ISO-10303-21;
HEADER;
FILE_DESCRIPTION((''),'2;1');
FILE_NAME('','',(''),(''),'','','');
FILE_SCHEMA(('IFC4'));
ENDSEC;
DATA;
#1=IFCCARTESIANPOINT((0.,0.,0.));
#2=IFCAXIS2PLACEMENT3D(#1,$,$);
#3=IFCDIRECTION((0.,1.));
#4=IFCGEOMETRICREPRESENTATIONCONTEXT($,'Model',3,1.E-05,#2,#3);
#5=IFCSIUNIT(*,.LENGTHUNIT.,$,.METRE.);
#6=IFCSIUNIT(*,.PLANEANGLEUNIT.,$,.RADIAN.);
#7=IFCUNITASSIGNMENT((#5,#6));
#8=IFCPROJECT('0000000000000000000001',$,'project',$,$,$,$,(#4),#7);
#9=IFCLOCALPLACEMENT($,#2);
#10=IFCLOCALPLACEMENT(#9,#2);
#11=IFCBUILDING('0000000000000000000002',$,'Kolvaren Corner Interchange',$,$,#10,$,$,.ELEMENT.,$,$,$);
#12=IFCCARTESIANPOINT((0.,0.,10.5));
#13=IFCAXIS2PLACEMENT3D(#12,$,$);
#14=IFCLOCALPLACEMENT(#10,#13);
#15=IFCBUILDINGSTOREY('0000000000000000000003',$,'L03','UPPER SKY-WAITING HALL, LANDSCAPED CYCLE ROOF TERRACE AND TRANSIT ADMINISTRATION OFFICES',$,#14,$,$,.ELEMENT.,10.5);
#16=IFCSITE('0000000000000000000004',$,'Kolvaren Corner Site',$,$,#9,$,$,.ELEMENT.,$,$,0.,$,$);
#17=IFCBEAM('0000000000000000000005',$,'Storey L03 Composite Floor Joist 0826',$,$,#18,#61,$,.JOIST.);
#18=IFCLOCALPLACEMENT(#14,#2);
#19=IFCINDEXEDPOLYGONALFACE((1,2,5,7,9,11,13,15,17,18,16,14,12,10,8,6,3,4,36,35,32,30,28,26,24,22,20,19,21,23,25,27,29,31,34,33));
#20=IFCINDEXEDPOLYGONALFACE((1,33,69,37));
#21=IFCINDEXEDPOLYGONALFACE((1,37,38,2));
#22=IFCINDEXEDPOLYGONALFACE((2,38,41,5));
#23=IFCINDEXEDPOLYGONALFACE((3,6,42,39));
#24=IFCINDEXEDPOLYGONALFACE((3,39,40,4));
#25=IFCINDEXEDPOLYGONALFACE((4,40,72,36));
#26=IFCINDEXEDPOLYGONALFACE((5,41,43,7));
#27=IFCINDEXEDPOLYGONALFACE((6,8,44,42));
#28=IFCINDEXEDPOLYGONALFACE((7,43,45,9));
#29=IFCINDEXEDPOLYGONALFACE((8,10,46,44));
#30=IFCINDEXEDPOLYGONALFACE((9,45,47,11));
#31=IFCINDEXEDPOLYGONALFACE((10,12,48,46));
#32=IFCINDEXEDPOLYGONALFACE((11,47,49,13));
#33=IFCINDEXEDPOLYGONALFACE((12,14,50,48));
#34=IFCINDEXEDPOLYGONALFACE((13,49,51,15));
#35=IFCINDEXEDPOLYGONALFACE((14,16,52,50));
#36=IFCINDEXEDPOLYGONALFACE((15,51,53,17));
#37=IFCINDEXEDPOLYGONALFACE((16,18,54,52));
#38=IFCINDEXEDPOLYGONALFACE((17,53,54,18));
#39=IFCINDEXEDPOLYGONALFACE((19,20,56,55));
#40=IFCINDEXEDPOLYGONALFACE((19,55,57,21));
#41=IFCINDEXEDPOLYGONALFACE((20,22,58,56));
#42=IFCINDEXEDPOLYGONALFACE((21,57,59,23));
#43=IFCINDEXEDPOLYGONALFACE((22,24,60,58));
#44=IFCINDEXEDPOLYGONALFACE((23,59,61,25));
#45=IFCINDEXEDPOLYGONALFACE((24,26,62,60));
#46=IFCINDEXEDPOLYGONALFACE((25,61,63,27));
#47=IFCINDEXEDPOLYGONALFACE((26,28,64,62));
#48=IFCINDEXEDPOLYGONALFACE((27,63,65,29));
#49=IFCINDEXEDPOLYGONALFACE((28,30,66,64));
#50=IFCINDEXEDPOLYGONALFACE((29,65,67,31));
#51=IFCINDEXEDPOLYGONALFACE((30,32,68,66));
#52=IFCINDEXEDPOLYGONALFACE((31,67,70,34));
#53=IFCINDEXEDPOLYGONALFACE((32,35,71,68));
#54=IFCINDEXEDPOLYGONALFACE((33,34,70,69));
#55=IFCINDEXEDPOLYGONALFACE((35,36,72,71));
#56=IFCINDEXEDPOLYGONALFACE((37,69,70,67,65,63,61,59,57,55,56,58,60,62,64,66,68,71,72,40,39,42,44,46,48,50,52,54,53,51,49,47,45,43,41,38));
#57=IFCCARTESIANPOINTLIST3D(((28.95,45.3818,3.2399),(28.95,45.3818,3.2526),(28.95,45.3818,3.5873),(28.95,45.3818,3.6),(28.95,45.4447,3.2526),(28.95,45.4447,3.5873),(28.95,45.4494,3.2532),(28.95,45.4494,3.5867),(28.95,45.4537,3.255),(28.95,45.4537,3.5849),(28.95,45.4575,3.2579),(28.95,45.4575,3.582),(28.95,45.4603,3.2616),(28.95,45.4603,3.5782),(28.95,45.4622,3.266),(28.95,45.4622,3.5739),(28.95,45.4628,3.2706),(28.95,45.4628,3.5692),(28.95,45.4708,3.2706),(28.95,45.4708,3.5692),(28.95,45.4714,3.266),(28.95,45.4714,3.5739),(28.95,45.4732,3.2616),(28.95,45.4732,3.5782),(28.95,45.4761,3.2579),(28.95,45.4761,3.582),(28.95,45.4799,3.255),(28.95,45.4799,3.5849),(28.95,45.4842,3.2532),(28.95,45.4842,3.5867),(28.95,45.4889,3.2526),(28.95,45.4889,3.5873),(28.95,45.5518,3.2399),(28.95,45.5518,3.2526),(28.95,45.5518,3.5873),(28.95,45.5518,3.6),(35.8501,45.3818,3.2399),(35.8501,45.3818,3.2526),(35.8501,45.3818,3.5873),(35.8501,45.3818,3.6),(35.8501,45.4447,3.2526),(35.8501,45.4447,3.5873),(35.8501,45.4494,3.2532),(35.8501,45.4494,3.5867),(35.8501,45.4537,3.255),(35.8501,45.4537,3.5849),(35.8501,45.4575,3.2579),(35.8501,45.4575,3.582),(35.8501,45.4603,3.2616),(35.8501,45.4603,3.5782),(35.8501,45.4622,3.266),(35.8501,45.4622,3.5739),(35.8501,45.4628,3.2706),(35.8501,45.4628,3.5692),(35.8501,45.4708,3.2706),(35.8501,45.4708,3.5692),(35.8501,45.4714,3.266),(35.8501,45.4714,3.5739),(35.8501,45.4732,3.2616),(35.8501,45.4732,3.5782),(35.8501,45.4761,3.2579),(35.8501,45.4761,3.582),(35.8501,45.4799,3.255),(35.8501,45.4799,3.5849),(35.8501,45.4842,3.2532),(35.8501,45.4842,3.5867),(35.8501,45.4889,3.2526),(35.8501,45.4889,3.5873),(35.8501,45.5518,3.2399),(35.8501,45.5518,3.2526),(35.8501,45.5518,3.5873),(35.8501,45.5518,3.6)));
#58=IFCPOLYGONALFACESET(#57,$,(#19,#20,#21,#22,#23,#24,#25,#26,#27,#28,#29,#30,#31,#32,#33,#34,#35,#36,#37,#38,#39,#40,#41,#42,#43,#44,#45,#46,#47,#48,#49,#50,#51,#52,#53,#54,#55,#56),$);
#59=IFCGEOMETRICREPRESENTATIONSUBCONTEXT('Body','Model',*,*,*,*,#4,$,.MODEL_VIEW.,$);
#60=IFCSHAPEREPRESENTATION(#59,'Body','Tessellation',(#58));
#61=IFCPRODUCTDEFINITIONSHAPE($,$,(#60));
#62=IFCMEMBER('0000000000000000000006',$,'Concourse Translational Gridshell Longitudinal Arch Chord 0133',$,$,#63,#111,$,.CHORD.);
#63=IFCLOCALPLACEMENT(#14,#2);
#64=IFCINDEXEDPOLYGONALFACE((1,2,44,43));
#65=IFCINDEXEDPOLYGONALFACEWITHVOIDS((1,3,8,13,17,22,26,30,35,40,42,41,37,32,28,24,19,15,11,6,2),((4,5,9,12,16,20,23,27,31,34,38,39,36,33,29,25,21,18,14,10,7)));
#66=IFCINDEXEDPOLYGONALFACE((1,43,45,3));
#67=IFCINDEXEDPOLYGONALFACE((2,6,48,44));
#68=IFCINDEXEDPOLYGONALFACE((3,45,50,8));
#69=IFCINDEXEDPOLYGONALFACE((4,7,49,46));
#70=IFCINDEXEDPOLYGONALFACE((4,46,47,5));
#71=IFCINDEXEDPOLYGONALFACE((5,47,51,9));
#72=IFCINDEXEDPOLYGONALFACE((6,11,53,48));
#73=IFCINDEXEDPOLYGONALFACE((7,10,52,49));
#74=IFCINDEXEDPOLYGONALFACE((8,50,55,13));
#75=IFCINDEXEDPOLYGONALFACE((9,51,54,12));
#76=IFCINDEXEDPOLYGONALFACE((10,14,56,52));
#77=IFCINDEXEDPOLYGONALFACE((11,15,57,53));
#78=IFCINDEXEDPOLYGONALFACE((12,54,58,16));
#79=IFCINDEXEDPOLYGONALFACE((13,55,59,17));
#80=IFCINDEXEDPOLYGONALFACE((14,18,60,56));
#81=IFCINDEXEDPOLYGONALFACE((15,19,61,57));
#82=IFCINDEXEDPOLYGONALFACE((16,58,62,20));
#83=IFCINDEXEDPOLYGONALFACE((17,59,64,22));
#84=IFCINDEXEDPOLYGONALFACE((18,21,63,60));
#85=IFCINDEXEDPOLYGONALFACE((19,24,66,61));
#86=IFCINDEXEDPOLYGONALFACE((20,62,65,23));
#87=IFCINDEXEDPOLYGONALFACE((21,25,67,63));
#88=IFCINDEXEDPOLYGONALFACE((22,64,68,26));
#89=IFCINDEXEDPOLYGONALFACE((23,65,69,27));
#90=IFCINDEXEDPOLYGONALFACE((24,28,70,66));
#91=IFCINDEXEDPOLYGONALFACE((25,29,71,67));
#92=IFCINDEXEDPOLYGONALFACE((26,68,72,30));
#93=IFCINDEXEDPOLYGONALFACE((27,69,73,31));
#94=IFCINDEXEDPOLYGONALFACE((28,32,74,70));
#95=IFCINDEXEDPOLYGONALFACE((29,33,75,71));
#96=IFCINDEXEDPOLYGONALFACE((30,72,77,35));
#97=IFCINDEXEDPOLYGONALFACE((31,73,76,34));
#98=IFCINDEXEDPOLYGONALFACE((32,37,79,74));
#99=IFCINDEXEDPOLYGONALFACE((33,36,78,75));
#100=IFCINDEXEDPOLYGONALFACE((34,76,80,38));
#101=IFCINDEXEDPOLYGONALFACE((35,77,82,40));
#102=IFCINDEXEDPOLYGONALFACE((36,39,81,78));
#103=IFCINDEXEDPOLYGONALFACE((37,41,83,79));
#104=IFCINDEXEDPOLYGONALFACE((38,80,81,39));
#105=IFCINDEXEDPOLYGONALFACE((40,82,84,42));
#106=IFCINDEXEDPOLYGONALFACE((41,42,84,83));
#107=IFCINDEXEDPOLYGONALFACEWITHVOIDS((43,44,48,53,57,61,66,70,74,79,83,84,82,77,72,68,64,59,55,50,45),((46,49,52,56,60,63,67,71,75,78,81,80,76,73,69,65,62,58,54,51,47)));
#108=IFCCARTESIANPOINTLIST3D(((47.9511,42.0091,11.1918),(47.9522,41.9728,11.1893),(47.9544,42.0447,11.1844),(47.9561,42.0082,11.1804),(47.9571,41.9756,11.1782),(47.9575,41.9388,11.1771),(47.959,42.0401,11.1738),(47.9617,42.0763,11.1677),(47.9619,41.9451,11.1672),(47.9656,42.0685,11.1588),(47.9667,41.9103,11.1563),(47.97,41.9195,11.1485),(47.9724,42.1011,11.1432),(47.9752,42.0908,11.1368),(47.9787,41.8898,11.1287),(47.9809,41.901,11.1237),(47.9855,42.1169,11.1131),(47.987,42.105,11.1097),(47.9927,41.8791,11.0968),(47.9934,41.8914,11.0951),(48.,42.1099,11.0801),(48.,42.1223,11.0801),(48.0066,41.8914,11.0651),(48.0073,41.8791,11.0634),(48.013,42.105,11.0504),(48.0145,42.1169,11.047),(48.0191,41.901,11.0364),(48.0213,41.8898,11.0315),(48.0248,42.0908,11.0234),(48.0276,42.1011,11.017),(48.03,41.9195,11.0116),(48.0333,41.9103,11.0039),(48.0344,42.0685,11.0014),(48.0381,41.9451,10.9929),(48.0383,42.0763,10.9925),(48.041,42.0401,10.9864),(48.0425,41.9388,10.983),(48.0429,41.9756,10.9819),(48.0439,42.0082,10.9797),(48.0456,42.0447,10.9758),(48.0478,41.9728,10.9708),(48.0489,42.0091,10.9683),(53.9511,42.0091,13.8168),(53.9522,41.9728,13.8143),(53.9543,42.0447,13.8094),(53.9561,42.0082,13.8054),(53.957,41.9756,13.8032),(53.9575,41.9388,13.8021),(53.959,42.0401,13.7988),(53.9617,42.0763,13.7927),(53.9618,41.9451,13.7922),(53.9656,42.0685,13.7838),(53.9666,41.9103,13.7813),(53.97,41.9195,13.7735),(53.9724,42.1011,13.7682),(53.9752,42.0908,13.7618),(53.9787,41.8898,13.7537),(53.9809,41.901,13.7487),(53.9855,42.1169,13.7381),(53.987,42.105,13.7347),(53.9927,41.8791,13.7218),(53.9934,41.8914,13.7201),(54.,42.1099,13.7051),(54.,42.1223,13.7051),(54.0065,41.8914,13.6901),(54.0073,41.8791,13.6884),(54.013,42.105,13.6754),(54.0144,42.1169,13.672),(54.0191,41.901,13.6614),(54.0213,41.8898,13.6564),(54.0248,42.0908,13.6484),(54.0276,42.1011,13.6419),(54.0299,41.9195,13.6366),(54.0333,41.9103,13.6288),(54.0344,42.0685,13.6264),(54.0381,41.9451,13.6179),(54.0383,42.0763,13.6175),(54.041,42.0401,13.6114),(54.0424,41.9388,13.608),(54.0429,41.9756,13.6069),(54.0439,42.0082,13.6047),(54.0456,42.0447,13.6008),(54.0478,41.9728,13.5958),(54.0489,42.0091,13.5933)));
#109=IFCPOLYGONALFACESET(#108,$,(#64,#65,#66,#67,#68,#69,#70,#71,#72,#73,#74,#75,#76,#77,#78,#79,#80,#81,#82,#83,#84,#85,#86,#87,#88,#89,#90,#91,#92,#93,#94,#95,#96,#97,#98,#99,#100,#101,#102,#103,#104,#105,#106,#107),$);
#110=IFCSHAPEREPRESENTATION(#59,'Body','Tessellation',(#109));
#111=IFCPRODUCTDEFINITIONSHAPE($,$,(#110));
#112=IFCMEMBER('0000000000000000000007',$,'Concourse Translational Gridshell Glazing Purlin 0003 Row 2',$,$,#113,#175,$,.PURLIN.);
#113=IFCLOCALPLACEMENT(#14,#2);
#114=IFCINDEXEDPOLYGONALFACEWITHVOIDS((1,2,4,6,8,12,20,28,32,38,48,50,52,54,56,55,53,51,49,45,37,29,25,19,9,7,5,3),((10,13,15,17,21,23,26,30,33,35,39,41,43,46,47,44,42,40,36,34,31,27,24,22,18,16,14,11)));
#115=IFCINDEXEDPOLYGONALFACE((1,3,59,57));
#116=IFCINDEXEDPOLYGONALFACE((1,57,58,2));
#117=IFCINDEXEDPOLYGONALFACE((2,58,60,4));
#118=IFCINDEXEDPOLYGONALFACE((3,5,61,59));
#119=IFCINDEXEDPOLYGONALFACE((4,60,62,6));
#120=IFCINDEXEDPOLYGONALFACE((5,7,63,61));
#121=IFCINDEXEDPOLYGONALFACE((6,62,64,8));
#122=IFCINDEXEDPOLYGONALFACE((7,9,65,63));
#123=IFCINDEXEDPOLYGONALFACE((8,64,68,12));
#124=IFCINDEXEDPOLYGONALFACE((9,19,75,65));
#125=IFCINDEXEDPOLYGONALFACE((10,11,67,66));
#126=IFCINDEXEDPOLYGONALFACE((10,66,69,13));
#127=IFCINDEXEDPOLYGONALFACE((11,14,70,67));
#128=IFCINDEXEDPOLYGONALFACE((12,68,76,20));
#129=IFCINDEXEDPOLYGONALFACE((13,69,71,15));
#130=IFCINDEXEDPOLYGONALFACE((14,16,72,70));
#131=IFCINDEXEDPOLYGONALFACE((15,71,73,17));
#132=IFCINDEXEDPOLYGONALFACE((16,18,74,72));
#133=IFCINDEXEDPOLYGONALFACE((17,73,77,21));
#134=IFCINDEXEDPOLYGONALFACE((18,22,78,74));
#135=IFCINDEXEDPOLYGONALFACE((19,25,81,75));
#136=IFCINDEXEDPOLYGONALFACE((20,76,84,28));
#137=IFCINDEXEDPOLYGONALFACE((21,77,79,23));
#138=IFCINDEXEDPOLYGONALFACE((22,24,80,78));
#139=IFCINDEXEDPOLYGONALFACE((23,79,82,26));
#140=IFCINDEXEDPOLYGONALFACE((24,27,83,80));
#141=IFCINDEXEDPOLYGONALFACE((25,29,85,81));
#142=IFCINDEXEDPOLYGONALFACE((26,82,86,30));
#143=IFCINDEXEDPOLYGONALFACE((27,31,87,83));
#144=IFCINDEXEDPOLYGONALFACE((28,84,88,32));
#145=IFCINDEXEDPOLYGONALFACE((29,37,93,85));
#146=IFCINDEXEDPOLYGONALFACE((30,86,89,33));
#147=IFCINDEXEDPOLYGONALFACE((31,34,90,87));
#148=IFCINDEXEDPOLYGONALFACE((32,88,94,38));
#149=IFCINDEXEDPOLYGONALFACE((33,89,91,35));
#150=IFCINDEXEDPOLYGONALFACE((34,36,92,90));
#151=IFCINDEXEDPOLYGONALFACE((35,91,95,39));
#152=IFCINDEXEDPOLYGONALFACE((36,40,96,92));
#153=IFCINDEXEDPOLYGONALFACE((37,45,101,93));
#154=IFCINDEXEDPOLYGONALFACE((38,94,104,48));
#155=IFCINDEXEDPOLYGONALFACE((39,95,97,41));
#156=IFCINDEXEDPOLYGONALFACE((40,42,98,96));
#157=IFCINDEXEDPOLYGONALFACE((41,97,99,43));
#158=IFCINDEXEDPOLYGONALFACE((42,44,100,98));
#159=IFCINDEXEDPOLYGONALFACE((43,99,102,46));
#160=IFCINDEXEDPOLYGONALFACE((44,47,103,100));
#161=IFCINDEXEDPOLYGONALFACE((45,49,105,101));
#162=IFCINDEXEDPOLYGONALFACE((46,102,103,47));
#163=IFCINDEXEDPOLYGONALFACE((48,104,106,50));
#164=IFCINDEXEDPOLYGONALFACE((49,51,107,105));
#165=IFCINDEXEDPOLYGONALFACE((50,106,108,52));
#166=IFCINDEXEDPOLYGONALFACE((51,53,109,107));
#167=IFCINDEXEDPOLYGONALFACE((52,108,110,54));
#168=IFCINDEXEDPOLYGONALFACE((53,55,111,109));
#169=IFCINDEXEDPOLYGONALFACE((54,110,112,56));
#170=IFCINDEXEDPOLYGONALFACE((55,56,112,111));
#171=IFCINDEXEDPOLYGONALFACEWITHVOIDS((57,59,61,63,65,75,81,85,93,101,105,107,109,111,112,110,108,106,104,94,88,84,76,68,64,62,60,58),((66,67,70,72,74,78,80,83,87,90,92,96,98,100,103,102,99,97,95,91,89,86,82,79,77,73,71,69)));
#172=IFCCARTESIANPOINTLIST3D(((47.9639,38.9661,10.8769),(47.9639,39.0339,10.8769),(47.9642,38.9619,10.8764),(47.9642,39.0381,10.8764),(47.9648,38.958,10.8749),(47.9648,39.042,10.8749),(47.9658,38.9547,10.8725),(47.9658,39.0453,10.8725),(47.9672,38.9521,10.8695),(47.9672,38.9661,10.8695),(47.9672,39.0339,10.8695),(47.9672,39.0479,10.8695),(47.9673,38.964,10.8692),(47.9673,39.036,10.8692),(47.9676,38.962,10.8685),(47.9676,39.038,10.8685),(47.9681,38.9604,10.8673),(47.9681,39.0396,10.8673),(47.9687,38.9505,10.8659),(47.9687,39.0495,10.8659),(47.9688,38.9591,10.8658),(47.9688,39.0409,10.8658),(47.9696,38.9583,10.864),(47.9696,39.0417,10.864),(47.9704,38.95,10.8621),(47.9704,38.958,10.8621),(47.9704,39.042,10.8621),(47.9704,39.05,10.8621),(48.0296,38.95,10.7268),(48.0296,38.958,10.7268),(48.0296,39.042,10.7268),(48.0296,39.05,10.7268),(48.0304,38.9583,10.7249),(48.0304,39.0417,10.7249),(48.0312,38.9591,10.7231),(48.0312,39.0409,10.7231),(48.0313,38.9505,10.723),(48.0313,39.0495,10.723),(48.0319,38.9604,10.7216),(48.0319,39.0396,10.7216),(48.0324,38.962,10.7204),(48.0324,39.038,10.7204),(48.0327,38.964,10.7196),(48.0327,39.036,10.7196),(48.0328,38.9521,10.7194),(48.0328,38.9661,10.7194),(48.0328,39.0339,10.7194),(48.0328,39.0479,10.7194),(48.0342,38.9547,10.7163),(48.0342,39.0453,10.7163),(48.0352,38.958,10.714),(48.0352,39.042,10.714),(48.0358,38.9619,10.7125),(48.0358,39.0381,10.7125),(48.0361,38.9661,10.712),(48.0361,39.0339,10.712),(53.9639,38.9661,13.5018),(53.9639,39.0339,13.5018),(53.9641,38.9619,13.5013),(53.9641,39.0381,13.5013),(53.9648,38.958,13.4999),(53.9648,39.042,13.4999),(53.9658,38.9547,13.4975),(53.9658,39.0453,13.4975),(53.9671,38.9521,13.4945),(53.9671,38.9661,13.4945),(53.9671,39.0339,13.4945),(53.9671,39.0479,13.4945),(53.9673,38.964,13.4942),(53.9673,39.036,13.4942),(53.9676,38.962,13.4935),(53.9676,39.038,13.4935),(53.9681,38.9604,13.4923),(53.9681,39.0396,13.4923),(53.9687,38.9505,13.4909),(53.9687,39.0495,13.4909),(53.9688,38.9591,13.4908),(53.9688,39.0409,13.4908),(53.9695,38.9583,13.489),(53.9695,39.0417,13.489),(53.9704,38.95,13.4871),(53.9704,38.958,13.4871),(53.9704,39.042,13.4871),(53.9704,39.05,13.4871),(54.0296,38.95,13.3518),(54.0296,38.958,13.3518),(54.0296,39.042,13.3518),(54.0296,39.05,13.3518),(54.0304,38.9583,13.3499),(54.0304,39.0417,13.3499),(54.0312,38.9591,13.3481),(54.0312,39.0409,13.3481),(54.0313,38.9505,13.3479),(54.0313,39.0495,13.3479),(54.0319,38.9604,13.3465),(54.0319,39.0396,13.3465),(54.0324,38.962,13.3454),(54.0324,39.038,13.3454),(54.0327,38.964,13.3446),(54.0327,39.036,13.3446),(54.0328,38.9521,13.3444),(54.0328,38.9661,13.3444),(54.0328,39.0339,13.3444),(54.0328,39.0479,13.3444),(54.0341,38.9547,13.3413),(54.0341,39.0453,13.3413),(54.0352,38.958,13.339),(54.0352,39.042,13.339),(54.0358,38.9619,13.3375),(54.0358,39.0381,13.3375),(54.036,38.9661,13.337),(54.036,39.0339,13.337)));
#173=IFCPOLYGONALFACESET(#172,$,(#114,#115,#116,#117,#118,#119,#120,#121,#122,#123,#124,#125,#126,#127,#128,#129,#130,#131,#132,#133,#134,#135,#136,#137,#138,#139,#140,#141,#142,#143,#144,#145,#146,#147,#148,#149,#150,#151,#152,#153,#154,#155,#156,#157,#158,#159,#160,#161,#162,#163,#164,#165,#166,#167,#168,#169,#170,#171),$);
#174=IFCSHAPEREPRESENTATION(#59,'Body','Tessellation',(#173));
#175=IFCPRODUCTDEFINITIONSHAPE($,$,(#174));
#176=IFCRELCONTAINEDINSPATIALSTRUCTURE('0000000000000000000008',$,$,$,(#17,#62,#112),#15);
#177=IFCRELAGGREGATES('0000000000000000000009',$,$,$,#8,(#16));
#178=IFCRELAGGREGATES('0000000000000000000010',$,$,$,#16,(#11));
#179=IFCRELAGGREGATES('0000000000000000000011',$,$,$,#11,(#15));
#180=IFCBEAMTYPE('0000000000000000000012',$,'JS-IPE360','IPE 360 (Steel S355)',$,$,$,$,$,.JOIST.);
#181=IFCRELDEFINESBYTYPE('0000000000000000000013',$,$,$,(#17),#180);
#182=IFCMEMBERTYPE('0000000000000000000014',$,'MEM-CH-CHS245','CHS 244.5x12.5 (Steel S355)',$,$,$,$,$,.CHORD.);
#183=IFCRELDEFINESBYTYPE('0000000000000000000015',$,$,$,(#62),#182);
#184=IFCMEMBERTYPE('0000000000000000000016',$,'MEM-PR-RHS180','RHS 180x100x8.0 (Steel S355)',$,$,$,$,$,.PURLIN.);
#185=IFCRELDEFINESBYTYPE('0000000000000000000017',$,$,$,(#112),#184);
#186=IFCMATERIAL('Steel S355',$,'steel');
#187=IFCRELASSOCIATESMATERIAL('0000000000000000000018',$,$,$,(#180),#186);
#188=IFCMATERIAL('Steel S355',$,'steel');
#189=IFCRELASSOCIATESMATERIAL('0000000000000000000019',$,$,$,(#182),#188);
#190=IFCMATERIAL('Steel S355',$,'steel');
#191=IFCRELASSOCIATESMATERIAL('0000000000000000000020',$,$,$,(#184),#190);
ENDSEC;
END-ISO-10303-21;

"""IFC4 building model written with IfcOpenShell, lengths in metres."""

from ifc_helpers import new_model, si_unit, direction, frame, origin, origin_2d, place, context, subcontext, project, spatial, hollow_rectangle, hollow_circle, i_section, extrude, material, material_profile, profile_set, type_object, element, save


model = new_model("IFC4")

# Units and contexts
model_context = context("Model", 3, precision=1e-05, world=origin(), true_north=direction((0.0, 1.0)))
body_context = subcontext(model_context, "Body", "Model", "MODEL_VIEW")
ifc_project = project(units=[si_unit("LENGTHUNIT", "METRE"), si_unit("PLANEANGLEUNIT", "RADIAN")], contexts=[model_context])

# Site, building, storey
site_placement = place(None, origin())
site = spatial("IfcSite", under=ifc_project, at=site_placement, Name="Kolvaren Corner Site", CompositionType="ELEMENT", RefElevation=0.0)
building_placement = place(site_placement, origin())
building = spatial("IfcBuilding", under=site, at=building_placement, Name="Kolvaren Corner Interchange", CompositionType="ELEMENT")
storey_placement = place(building_placement, frame((0.0, 0.0, 10.5)))
storey = spatial("IfcBuildingStorey", under=building, at=storey_placement, Name="L03", Description="UPPER SKY-WAITING HALL, LANDSCAPED CYCLE ROOF TERRACE AND TRANSIT ADMINISTRATION OFFICES", CompositionType="ELEMENT", Elevation=10.5)

# Beam
ifc_material_1 = material(Name="Steel S355", Category="steel")
ifc_material_profile_1 = material_profile(ifc_material_1, i_section(OverallWidth=0.1699, OverallDepth=0.3601, WebThickness=0.0081, FlangeThickness=0.0127, FilletRadius=0.0181, at=origin_2d()), Name="IPE 360")
ifc_profile_set_1 = profile_set([ifc_material_profile_1], Name="Steel S355")
beam_type_1 = type_object("IfcBeamType", Name="JS-IPE360", Description="IPE 360 (Steel S355)", PredefinedType="JOIST", material=ifc_profile_set_1)
for number, where, z_axis, x_axis, name in (
    (1, (28.95, 45.4668, 3.4199), (1.0, 0.0, 0.0), (0.0, 1.0, 0.0), "Storey L03 Composite Floor Joist 0826"),
):
    element("IfcBeam", number, at=place(storey_placement, frame(where, z_axis=z_axis, x_axis=x_axis)), inside=storey, type_object=beam_type_1, Name=name, PredefinedType="JOIST", context=body_context, shape_type="SweptSolid", body=[
        extrude(i_section(OverallWidth=0.1699, OverallDepth=0.3601, WebThickness=0.0081, FlangeThickness=0.0127, FilletRadius=0.0181, at=origin_2d()), origin(), (0.0, 0.0, 1.0), 6.9001),
    ])

# Members
ifc_material_2 = material(Name="Steel S355", Category="steel")
ifc_material_profile_2 = material_profile(ifc_material_2, hollow_circle(Radius=0.1223, WallThickness=0.0125, at=origin_2d()), Name="CHS 244.5x12.5")
ifc_profile_set_2 = profile_set([ifc_material_profile_2], Name="Steel S355")
member_type_1 = type_object("IfcMemberType", Name="MEM-CH-CHS245", Description="CHS 244.5x12.5 (Steel S355)", PredefinedType="CHORD", material=ifc_profile_set_2)
member_1_placement = place(storey_placement, frame((48.0, 42.0, 11.0801), z_axis=(0.916157, 0.0, 0.400819), x_axis=(0.0, 1.0, 0.0)))
element("IfcMember", 2, at=member_1_placement, inside=storey, type_object=member_type_1, Name="Concourse Translational Gridshell Longitudinal Arch Chord 0133", PredefinedType="CHORD", context=body_context, shape_type="SweptSolid", body=[
    extrude(hollow_circle(Radius=0.1223, WallThickness=0.0125, at=origin_2d()), origin(), (0.0, 0.0, 1.0), 6.5491),
])
ifc_material_3 = material(Name="Steel S355", Category="steel")
ifc_material_profile_3 = material_profile(ifc_material_3, hollow_rectangle(XDim=0.1001, YDim=0.1799, WallThickness=0.0081, InnerFilletRadius=0.0081, OuterFilletRadius=0.0161, at=origin_2d()), Name="RHS 180x100x8.0")
ifc_profile_set_3 = profile_set([ifc_material_profile_3], Name="Steel S355")
member_type_2 = type_object("IfcMemberType", Name="MEM-PR-RHS180", Description="RHS 180x100x8.0 (Steel S355)", PredefinedType="PURLIN", material=ifc_profile_set_3)
for number, where, z_axis, x_axis, name in (
    (3, (48.0, 39.0, 10.7944), (0.916157, 0.0, 0.400819), (0.0, 1.0, 0.0), "Concourse Translational Gridshell Glazing Purlin 0003 Row 2"),
):
    element("IfcMember", number, at=place(storey_placement, frame(where, z_axis=z_axis, x_axis=x_axis)), inside=storey, type_object=member_type_2, Name=name, PredefinedType="PURLIN", context=body_context, shape_type="SweptSolid", body=[
        extrude(hollow_rectangle(XDim=0.1001, YDim=0.1799, WallThickness=0.0081, InnerFilletRadius=0.0081, OuterFilletRadius=0.0161, at=origin_2d()), origin(), (0.0, 0.0, 1.0), 6.5491),
    ])

save(model, "model.ifc")
